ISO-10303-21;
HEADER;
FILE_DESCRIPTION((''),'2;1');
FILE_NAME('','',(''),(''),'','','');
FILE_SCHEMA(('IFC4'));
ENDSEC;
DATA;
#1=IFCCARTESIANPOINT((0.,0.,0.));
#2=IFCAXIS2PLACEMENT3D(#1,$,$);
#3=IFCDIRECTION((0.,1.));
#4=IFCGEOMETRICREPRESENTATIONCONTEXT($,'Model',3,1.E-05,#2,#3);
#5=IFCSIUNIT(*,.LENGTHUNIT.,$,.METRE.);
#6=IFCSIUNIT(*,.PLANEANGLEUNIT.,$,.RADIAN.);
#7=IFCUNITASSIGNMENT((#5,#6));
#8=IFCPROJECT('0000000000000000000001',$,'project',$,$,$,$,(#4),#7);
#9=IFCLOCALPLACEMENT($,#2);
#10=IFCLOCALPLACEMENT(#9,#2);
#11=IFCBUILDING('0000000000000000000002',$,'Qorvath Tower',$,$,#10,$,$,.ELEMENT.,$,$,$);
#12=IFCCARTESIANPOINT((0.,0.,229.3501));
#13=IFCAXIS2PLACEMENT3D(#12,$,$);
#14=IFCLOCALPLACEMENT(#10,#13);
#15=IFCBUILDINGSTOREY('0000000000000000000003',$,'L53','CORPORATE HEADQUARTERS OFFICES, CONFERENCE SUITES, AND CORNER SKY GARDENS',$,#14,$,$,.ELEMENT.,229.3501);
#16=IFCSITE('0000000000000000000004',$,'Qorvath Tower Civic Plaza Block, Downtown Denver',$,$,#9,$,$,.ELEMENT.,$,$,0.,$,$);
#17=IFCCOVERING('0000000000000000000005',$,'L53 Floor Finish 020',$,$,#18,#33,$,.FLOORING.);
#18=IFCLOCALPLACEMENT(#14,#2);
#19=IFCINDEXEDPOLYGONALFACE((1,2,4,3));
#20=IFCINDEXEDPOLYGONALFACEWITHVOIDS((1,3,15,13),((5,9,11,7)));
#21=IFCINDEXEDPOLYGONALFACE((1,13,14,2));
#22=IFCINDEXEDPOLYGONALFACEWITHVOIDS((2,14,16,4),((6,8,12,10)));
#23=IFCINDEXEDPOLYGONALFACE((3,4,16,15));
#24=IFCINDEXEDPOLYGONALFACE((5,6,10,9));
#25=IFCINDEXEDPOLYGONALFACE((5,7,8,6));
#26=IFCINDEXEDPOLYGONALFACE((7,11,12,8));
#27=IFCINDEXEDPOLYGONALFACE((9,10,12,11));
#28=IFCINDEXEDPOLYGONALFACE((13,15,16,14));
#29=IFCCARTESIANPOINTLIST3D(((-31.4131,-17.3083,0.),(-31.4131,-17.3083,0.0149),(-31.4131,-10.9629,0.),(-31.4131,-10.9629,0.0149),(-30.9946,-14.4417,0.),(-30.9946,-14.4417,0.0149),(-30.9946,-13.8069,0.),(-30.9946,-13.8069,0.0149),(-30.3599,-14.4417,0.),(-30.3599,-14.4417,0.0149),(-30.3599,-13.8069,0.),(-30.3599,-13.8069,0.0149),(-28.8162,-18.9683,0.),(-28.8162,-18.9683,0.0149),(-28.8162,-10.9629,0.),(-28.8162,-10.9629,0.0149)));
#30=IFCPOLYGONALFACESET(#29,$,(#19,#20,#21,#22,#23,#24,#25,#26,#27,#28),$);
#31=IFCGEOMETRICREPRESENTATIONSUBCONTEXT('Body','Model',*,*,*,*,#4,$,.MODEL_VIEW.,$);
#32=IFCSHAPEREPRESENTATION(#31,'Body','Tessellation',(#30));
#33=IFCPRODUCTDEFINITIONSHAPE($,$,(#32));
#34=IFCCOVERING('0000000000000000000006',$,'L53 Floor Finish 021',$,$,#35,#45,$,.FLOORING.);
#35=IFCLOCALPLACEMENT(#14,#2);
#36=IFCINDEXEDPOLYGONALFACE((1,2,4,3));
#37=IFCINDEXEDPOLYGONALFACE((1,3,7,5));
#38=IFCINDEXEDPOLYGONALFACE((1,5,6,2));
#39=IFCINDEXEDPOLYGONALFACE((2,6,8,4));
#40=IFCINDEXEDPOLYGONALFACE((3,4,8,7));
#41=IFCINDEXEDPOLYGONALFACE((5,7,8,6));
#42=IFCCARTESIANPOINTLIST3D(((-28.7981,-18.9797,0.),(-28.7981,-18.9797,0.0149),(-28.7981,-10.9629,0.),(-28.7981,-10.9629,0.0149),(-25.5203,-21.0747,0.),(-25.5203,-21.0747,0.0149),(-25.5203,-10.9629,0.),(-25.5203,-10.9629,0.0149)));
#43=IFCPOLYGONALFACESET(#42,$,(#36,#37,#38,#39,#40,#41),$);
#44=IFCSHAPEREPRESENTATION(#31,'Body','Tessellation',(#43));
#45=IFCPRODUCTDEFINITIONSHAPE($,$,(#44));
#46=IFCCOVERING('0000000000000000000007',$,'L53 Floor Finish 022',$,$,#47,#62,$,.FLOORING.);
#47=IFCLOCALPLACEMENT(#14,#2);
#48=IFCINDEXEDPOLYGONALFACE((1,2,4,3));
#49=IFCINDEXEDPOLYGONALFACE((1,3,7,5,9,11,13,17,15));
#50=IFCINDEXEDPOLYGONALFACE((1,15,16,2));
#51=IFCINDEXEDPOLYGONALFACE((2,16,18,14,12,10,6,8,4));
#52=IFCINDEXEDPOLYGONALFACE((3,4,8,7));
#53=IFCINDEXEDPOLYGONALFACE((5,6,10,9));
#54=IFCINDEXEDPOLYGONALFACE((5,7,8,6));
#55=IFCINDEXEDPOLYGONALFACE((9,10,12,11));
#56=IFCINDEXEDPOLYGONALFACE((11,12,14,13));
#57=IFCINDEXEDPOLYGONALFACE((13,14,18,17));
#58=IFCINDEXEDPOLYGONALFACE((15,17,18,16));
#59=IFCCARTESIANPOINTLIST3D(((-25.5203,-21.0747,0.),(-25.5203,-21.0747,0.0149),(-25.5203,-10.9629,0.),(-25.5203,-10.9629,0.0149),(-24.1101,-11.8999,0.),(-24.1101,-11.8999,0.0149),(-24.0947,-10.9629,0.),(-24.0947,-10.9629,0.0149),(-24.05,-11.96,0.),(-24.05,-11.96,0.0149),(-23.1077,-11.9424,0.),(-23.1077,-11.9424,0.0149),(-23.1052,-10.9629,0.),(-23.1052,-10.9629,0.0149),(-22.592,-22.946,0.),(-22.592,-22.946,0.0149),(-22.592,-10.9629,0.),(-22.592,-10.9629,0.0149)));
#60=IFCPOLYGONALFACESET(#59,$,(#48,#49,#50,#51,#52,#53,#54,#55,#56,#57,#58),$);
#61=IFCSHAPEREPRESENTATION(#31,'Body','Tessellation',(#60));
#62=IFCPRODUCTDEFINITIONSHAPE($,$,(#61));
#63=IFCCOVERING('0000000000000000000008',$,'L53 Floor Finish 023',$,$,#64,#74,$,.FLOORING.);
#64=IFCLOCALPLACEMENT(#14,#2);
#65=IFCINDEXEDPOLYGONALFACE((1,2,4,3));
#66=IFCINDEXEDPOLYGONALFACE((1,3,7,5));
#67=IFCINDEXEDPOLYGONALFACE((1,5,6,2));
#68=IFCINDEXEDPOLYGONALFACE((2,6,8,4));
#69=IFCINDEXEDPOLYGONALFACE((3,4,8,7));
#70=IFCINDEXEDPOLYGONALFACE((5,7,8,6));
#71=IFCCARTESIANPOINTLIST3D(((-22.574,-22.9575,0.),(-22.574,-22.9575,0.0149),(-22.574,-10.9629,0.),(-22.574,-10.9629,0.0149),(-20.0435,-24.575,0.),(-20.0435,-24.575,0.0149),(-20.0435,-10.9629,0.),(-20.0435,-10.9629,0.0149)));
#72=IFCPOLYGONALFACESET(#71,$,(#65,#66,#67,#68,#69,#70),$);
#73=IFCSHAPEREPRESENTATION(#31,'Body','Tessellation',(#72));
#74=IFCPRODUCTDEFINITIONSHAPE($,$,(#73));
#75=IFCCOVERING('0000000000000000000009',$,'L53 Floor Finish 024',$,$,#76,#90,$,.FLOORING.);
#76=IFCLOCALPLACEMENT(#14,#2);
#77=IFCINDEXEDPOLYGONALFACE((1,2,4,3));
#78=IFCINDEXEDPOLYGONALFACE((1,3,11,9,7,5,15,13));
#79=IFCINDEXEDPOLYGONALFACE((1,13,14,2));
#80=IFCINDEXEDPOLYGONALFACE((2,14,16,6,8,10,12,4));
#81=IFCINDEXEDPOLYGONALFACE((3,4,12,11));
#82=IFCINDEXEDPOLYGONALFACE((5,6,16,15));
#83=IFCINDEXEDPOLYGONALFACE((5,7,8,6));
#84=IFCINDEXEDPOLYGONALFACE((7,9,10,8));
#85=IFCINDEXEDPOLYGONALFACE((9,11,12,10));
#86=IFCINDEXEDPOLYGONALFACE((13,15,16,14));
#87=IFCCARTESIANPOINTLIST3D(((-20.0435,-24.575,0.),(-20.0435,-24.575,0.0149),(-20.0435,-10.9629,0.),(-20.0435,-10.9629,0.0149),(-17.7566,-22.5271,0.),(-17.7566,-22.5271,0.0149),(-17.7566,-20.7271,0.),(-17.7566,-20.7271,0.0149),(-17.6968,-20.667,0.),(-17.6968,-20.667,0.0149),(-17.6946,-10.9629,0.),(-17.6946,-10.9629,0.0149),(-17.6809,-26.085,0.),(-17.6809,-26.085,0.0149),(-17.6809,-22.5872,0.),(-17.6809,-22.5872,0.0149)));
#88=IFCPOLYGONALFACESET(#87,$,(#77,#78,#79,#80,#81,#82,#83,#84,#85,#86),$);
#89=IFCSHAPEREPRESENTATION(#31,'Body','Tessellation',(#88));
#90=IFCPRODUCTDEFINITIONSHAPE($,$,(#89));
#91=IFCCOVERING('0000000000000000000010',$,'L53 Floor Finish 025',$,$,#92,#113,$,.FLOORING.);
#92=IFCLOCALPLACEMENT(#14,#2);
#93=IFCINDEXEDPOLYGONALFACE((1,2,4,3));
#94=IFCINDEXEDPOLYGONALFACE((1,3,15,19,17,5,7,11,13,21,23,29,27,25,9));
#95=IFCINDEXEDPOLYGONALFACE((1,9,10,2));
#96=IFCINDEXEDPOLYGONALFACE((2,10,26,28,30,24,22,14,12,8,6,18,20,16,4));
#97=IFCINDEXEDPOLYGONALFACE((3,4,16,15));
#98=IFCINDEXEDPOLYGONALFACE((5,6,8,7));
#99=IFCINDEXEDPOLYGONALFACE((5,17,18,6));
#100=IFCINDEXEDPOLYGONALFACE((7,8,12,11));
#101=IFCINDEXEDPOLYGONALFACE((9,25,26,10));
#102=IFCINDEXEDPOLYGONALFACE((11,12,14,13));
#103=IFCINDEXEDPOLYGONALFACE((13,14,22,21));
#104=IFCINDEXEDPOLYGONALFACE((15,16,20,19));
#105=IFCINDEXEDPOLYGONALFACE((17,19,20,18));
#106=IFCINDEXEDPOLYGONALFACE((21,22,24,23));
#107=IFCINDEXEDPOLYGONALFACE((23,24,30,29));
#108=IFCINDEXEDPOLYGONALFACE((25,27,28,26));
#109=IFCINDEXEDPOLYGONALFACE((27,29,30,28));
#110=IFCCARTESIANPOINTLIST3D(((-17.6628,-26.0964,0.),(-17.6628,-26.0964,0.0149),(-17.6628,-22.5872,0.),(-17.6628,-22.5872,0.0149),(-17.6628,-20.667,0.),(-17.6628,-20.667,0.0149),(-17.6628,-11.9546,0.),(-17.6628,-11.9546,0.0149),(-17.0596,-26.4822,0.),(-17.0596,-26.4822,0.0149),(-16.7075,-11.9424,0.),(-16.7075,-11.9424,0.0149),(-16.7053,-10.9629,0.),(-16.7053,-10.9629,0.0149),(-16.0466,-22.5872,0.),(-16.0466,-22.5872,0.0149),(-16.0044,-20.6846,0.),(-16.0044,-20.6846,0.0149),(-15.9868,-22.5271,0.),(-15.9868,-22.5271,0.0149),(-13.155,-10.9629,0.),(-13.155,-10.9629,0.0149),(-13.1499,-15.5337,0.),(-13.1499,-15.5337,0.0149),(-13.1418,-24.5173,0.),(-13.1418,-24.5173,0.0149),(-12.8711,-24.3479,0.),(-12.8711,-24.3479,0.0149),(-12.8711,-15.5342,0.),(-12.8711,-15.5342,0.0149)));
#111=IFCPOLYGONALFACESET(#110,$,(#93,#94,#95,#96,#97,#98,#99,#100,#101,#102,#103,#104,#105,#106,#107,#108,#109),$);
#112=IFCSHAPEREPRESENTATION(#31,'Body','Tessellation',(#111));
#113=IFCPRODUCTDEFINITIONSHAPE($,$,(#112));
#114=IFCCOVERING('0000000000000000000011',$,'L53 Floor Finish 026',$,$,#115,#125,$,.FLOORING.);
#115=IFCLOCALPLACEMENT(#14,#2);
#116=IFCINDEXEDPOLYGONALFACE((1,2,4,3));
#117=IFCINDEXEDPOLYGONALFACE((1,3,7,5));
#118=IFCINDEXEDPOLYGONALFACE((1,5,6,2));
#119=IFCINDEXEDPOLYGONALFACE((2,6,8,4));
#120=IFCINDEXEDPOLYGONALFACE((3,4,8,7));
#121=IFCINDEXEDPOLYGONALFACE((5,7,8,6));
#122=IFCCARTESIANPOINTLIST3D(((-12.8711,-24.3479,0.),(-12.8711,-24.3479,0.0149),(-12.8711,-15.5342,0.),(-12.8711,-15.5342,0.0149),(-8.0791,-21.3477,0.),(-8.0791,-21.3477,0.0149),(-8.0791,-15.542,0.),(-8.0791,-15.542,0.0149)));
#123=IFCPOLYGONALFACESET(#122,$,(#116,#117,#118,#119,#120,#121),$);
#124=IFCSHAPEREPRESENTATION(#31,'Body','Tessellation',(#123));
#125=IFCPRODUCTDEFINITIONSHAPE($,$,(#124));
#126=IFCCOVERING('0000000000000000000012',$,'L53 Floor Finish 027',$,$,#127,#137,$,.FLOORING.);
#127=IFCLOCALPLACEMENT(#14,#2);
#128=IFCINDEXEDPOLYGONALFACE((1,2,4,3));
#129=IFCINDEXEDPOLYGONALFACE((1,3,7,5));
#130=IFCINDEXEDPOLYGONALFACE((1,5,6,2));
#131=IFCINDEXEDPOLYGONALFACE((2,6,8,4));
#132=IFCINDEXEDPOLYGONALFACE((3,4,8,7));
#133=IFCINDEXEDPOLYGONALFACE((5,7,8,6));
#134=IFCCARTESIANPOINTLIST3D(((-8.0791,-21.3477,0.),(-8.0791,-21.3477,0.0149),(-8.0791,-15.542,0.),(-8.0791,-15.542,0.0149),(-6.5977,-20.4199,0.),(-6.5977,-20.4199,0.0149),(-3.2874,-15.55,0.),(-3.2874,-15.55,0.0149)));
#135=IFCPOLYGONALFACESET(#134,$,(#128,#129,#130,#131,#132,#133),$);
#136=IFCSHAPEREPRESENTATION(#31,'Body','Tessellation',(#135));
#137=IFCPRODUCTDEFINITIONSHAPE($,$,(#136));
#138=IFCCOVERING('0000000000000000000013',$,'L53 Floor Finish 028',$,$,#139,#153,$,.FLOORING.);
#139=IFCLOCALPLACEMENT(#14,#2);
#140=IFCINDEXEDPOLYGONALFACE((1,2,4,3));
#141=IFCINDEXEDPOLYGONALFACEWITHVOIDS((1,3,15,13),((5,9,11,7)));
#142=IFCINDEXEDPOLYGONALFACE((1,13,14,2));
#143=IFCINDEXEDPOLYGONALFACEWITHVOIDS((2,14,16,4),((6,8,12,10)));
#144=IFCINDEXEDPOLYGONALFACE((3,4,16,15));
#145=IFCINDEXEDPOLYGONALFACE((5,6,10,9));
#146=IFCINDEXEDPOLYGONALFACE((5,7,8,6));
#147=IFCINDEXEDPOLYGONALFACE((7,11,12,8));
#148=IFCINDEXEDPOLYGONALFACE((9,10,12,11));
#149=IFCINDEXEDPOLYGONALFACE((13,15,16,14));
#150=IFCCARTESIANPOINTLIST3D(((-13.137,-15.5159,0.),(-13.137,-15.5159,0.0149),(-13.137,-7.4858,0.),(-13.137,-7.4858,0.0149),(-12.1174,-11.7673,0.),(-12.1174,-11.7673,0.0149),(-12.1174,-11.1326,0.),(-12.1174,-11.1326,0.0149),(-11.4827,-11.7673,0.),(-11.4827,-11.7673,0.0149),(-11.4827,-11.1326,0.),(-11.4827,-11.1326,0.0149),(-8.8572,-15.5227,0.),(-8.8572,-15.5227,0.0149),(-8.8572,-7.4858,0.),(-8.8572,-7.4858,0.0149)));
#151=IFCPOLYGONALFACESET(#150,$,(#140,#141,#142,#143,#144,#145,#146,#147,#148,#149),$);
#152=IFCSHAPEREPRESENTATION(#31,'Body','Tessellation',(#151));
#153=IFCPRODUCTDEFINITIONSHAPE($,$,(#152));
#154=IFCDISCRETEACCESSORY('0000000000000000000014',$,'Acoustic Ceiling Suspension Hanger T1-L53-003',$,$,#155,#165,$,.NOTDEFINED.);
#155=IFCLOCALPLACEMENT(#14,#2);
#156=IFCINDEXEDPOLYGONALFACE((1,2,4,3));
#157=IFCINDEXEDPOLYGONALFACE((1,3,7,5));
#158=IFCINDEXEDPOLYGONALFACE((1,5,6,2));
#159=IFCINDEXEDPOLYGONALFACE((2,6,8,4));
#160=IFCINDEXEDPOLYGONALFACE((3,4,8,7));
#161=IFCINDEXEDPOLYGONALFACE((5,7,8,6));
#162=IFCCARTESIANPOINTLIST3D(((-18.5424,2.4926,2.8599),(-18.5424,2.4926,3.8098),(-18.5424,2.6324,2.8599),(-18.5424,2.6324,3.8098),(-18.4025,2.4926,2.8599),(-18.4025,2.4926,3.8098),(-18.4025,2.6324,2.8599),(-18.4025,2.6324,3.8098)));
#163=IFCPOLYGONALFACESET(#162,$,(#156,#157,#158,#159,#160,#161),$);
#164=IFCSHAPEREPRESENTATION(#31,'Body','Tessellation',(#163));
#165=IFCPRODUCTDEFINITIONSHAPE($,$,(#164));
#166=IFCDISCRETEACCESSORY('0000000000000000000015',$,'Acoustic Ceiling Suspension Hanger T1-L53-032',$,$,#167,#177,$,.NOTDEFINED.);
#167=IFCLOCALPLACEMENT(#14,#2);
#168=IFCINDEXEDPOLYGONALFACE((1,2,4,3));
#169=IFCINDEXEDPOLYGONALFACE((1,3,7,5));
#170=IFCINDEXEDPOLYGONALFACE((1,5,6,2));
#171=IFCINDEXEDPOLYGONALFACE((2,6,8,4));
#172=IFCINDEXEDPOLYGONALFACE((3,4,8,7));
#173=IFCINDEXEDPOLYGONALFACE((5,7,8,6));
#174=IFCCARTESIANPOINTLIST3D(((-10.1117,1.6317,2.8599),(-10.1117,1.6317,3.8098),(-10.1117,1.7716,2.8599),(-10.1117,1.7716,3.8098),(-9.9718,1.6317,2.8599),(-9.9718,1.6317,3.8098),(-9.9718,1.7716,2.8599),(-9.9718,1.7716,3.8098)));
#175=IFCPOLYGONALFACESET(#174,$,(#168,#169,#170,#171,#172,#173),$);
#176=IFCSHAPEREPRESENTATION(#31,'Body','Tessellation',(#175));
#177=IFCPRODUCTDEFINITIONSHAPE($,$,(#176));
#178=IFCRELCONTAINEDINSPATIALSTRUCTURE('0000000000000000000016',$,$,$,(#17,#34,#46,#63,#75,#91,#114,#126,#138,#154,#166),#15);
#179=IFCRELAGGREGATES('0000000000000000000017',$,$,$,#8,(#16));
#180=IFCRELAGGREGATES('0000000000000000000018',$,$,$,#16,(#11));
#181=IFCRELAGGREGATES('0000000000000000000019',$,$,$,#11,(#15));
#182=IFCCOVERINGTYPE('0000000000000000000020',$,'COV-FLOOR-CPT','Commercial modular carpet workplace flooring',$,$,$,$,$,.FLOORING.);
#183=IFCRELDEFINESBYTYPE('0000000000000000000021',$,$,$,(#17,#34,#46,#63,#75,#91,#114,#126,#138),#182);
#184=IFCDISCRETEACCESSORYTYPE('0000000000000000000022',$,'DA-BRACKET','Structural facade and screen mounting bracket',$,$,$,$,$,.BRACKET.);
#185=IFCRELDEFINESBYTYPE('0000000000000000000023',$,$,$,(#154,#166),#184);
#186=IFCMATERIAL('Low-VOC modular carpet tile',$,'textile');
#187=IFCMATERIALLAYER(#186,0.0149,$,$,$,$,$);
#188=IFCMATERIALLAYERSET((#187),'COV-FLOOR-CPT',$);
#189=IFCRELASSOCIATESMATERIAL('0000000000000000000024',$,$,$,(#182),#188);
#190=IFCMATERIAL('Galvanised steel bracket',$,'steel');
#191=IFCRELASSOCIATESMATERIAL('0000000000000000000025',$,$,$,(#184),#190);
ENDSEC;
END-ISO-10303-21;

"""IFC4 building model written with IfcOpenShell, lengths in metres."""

from ifc_helpers import new_model, si_unit, direction, frame, origin, origin_2d, place, context, subcontext, project, spatial, polyline, rectangle, outline, extrude, material, layer, layer_set, type_object, element, save


model = new_model("IFC4")

# Units and contexts
model_context = context("Model", 3, precision=1e-05, world=origin(), true_north=direction((0.0, 1.0)))
body_context = subcontext(model_context, "Body", "Model", "MODEL_VIEW")
ifc_project = project(units=[si_unit("LENGTHUNIT", "METRE"), si_unit("PLANEANGLEUNIT", "RADIAN")], contexts=[model_context])

# Site, building, storey
site_placement = place(None, origin())
site = spatial("IfcSite", under=ifc_project, at=site_placement, Name="Qorvath Tower Civic Plaza Block, Downtown Denver", CompositionType="ELEMENT", RefElevation=0.0)
building_placement = place(site_placement, origin())
building = spatial("IfcBuilding", under=site, at=building_placement, Name="Qorvath Tower", CompositionType="ELEMENT")
storey_placement = place(building_placement, frame((0.0, 0.0, 229.3501)))
storey = spatial("IfcBuildingStorey", under=building, at=storey_placement, Name="L53", Description="CORPORATE HEADQUARTERS OFFICES, CONFERENCE SUITES, AND CORNER SKY GARDENS", CompositionType="ELEMENT", Elevation=229.3501)

# Coverings
ifc_material_1 = material(Name="Low-VOC modular carpet tile", Category="textile")
ifc_layer_1 = layer(ifc_material_1, 0.0149)
ifc_layer_set_1 = layer_set([ifc_layer_1], Name="COV-FLOOR-CPT")
covering_type_1 = type_object("IfcCoveringType", Name="COV-FLOOR-CPT", Description="Commercial modular carpet workplace flooring", PredefinedType="FLOORING", material=ifc_layer_set_1)
covering_1_placement = place(storey_placement, origin())
element("IfcCovering", 1, at=covering_1_placement, inside=storey, type_object=covering_type_1, Name="L53 Floor Finish 020", PredefinedType="FLOORING", context=body_context, shape_type="SweptSolid", body=[
    extrude(outline(polyline([(-31.4131, -10.9629), (-31.4131, -17.3083), (-28.8162, -18.9683), (-28.8162, -10.9629), (-31.4131, -10.9629)]), holes=[polyline([(-30.9946, -14.4417), (-30.9946, -13.8069), (-30.3599, -13.8069), (-30.3599, -14.4417), (-30.9946, -14.4417)])]), origin(), (0.0, 0.0, 1.0), 0.0149),
])
covering_2_placement = place(storey_placement, origin())
element("IfcCovering", 2, at=covering_2_placement, inside=storey, type_object=covering_type_1, Name="L53 Floor Finish 021", PredefinedType="FLOORING", context=body_context, shape_type="SweptSolid", body=[
    extrude(outline(polyline([(-28.7981, -10.9629), (-28.7981, -18.9797), (-25.5203, -21.0747), (-25.5203, -10.9629), (-28.7981, -10.9629)])), origin(), (0.0, 0.0, 1.0), 0.0149),
])
covering_3_placement = place(storey_placement, origin())
element("IfcCovering", 3, at=covering_3_placement, inside=storey, type_object=covering_type_1, Name="L53 Floor Finish 022", PredefinedType="FLOORING", context=body_context, shape_type="SweptSolid", body=[
    extrude(outline(polyline([(-25.5203, -10.9629), (-25.5203, -21.0747), (-22.592, -22.946), (-22.592, -10.9629), (-23.1052, -10.9629), (-23.1077, -11.9424), (-24.05, -11.96), (-24.1101, -11.8999), (-24.0947, -10.9629), (-25.5203, -10.9629)])), origin(), (0.0, 0.0, 1.0), 0.0149),
])
covering_4_placement = place(storey_placement, origin())
element("IfcCovering", 4, at=covering_4_placement, inside=storey, type_object=covering_type_1, Name="L53 Floor Finish 023", PredefinedType="FLOORING", context=body_context, shape_type="SweptSolid", body=[
    extrude(outline(polyline([(-20.0435, -24.575), (-20.0435, -10.9629), (-22.574, -10.9629), (-22.574, -22.9575), (-20.0435, -24.575)])), origin(), (0.0, 0.0, 1.0), 0.0149),
])
covering_5_placement = place(storey_placement, origin())
element("IfcCovering", 5, at=covering_5_placement, inside=storey, type_object=covering_type_1, Name="L53 Floor Finish 024", PredefinedType="FLOORING", context=body_context, shape_type="SweptSolid", body=[
    extrude(outline(polyline([(-17.6968, -20.667), (-17.6946, -10.9629), (-20.0435, -10.9629), (-20.0435, -24.575), (-17.6809, -26.085), (-17.6809, -22.5872), (-17.7566, -22.5271), (-17.7566, -20.7271), (-17.6968, -20.667)])), origin(), (0.0, 0.0, 1.0), 0.0149),
])
covering_6_placement = place(storey_placement, origin())
element("IfcCovering", 6, at=covering_6_placement, inside=storey, type_object=covering_type_1, Name="L53 Floor Finish 025", PredefinedType="FLOORING", context=body_context, shape_type="SweptSolid", body=[
    extrude(outline(polyline([(-17.6628, -26.0964), (-17.0596, -26.4822), (-13.1418, -24.5173), (-12.8711, -24.3479), (-12.8711, -15.5342), (-13.1499, -15.5337), (-13.155, -10.9629), (-16.7053, -10.9629), (-16.7075, -11.9424), (-17.6628, -11.9546), (-17.6628, -20.667), (-16.0044, -20.6846), (-15.9868, -22.5271), (-16.0466, -22.5872), (-17.6628, -22.5872), (-17.6628, -26.0964)])), origin(), (0.0, 0.0, 1.0), 0.0149),
])
covering_7_placement = place(storey_placement, origin())
element("IfcCovering", 7, at=covering_7_placement, inside=storey, type_object=covering_type_1, Name="L53 Floor Finish 026", PredefinedType="FLOORING", context=body_context, shape_type="SweptSolid", body=[
    extrude(outline(polyline([(-12.8711, -15.5342), (-12.8711, -24.3479), (-8.0791, -21.3477), (-8.0791, -15.542), (-12.8711, -15.5342)])), origin(), (0.0, 0.0, 1.0), 0.0149),
])
covering_8_placement = place(storey_placement, origin())
element("IfcCovering", 8, at=covering_8_placement, inside=storey, type_object=covering_type_1, Name="L53 Floor Finish 027", PredefinedType="FLOORING", context=body_context, shape_type="SweptSolid", body=[
    extrude(outline(polyline([(-8.0791, -15.542), (-8.0791, -21.3477), (-6.5977, -20.4199), (-3.2874, -15.55), (-8.0791, -15.542)])), origin(), (0.0, 0.0, 1.0), 0.0149),
])
covering_9_placement = place(storey_placement, origin())
element("IfcCovering", 9, at=covering_9_placement, inside=storey, type_object=covering_type_1, Name="L53 Floor Finish 028", PredefinedType="FLOORING", context=body_context, shape_type="SweptSolid", body=[
    extrude(outline(polyline([(-13.137, -15.5159), (-8.8572, -15.5227), (-8.8572, -7.4858), (-13.137, -7.4858), (-13.137, -15.5159)]), holes=[polyline([(-12.1174, -11.7673), (-12.1174, -11.1326), (-11.4827, -11.1326), (-11.4827, -11.7673), (-12.1174, -11.7673)])]), origin(), (0.0, 0.0, 1.0), 0.0149),
])

# Discrete accessories
ifc_material_2 = material(Name="Galvanised steel bracket", Category="steel")
discrete_accessory_type = type_object("IfcDiscreteAccessoryType", Name="DA-BRACKET", Description="Structural facade and screen mounting bracket", PredefinedType="BRACKET", material=ifc_material_2)
for number, where, z_axis, x_axis, name in (
    (10, (-18.4724, 2.5625, 2.8599), (0.0, 0.0, 1.0), (1.0, 0.0, 0.0), "Acoustic Ceiling Suspension Hanger T1-L53-003"),
    (11, (-10.0417, 1.7017, 2.8599), (0.0, 0.0, 1.0), (1.0, 0.0, 0.0), "Acoustic Ceiling Suspension Hanger T1-L53-032"),
):
    element("IfcDiscreteAccessory", number, at=place(storey_placement, frame(where, z_axis=z_axis, x_axis=x_axis)), inside=storey, type_object=discrete_accessory_type, Name=name, PredefinedType="NOTDEFINED", context=body_context, shape_type="SweptSolid", body=[
        extrude(rectangle(XDim=0.1399, YDim=0.1399, at=origin_2d()), origin(), (0.0, 0.0, 1.0), 0.95),
    ])

save(model, "model.ifc")
